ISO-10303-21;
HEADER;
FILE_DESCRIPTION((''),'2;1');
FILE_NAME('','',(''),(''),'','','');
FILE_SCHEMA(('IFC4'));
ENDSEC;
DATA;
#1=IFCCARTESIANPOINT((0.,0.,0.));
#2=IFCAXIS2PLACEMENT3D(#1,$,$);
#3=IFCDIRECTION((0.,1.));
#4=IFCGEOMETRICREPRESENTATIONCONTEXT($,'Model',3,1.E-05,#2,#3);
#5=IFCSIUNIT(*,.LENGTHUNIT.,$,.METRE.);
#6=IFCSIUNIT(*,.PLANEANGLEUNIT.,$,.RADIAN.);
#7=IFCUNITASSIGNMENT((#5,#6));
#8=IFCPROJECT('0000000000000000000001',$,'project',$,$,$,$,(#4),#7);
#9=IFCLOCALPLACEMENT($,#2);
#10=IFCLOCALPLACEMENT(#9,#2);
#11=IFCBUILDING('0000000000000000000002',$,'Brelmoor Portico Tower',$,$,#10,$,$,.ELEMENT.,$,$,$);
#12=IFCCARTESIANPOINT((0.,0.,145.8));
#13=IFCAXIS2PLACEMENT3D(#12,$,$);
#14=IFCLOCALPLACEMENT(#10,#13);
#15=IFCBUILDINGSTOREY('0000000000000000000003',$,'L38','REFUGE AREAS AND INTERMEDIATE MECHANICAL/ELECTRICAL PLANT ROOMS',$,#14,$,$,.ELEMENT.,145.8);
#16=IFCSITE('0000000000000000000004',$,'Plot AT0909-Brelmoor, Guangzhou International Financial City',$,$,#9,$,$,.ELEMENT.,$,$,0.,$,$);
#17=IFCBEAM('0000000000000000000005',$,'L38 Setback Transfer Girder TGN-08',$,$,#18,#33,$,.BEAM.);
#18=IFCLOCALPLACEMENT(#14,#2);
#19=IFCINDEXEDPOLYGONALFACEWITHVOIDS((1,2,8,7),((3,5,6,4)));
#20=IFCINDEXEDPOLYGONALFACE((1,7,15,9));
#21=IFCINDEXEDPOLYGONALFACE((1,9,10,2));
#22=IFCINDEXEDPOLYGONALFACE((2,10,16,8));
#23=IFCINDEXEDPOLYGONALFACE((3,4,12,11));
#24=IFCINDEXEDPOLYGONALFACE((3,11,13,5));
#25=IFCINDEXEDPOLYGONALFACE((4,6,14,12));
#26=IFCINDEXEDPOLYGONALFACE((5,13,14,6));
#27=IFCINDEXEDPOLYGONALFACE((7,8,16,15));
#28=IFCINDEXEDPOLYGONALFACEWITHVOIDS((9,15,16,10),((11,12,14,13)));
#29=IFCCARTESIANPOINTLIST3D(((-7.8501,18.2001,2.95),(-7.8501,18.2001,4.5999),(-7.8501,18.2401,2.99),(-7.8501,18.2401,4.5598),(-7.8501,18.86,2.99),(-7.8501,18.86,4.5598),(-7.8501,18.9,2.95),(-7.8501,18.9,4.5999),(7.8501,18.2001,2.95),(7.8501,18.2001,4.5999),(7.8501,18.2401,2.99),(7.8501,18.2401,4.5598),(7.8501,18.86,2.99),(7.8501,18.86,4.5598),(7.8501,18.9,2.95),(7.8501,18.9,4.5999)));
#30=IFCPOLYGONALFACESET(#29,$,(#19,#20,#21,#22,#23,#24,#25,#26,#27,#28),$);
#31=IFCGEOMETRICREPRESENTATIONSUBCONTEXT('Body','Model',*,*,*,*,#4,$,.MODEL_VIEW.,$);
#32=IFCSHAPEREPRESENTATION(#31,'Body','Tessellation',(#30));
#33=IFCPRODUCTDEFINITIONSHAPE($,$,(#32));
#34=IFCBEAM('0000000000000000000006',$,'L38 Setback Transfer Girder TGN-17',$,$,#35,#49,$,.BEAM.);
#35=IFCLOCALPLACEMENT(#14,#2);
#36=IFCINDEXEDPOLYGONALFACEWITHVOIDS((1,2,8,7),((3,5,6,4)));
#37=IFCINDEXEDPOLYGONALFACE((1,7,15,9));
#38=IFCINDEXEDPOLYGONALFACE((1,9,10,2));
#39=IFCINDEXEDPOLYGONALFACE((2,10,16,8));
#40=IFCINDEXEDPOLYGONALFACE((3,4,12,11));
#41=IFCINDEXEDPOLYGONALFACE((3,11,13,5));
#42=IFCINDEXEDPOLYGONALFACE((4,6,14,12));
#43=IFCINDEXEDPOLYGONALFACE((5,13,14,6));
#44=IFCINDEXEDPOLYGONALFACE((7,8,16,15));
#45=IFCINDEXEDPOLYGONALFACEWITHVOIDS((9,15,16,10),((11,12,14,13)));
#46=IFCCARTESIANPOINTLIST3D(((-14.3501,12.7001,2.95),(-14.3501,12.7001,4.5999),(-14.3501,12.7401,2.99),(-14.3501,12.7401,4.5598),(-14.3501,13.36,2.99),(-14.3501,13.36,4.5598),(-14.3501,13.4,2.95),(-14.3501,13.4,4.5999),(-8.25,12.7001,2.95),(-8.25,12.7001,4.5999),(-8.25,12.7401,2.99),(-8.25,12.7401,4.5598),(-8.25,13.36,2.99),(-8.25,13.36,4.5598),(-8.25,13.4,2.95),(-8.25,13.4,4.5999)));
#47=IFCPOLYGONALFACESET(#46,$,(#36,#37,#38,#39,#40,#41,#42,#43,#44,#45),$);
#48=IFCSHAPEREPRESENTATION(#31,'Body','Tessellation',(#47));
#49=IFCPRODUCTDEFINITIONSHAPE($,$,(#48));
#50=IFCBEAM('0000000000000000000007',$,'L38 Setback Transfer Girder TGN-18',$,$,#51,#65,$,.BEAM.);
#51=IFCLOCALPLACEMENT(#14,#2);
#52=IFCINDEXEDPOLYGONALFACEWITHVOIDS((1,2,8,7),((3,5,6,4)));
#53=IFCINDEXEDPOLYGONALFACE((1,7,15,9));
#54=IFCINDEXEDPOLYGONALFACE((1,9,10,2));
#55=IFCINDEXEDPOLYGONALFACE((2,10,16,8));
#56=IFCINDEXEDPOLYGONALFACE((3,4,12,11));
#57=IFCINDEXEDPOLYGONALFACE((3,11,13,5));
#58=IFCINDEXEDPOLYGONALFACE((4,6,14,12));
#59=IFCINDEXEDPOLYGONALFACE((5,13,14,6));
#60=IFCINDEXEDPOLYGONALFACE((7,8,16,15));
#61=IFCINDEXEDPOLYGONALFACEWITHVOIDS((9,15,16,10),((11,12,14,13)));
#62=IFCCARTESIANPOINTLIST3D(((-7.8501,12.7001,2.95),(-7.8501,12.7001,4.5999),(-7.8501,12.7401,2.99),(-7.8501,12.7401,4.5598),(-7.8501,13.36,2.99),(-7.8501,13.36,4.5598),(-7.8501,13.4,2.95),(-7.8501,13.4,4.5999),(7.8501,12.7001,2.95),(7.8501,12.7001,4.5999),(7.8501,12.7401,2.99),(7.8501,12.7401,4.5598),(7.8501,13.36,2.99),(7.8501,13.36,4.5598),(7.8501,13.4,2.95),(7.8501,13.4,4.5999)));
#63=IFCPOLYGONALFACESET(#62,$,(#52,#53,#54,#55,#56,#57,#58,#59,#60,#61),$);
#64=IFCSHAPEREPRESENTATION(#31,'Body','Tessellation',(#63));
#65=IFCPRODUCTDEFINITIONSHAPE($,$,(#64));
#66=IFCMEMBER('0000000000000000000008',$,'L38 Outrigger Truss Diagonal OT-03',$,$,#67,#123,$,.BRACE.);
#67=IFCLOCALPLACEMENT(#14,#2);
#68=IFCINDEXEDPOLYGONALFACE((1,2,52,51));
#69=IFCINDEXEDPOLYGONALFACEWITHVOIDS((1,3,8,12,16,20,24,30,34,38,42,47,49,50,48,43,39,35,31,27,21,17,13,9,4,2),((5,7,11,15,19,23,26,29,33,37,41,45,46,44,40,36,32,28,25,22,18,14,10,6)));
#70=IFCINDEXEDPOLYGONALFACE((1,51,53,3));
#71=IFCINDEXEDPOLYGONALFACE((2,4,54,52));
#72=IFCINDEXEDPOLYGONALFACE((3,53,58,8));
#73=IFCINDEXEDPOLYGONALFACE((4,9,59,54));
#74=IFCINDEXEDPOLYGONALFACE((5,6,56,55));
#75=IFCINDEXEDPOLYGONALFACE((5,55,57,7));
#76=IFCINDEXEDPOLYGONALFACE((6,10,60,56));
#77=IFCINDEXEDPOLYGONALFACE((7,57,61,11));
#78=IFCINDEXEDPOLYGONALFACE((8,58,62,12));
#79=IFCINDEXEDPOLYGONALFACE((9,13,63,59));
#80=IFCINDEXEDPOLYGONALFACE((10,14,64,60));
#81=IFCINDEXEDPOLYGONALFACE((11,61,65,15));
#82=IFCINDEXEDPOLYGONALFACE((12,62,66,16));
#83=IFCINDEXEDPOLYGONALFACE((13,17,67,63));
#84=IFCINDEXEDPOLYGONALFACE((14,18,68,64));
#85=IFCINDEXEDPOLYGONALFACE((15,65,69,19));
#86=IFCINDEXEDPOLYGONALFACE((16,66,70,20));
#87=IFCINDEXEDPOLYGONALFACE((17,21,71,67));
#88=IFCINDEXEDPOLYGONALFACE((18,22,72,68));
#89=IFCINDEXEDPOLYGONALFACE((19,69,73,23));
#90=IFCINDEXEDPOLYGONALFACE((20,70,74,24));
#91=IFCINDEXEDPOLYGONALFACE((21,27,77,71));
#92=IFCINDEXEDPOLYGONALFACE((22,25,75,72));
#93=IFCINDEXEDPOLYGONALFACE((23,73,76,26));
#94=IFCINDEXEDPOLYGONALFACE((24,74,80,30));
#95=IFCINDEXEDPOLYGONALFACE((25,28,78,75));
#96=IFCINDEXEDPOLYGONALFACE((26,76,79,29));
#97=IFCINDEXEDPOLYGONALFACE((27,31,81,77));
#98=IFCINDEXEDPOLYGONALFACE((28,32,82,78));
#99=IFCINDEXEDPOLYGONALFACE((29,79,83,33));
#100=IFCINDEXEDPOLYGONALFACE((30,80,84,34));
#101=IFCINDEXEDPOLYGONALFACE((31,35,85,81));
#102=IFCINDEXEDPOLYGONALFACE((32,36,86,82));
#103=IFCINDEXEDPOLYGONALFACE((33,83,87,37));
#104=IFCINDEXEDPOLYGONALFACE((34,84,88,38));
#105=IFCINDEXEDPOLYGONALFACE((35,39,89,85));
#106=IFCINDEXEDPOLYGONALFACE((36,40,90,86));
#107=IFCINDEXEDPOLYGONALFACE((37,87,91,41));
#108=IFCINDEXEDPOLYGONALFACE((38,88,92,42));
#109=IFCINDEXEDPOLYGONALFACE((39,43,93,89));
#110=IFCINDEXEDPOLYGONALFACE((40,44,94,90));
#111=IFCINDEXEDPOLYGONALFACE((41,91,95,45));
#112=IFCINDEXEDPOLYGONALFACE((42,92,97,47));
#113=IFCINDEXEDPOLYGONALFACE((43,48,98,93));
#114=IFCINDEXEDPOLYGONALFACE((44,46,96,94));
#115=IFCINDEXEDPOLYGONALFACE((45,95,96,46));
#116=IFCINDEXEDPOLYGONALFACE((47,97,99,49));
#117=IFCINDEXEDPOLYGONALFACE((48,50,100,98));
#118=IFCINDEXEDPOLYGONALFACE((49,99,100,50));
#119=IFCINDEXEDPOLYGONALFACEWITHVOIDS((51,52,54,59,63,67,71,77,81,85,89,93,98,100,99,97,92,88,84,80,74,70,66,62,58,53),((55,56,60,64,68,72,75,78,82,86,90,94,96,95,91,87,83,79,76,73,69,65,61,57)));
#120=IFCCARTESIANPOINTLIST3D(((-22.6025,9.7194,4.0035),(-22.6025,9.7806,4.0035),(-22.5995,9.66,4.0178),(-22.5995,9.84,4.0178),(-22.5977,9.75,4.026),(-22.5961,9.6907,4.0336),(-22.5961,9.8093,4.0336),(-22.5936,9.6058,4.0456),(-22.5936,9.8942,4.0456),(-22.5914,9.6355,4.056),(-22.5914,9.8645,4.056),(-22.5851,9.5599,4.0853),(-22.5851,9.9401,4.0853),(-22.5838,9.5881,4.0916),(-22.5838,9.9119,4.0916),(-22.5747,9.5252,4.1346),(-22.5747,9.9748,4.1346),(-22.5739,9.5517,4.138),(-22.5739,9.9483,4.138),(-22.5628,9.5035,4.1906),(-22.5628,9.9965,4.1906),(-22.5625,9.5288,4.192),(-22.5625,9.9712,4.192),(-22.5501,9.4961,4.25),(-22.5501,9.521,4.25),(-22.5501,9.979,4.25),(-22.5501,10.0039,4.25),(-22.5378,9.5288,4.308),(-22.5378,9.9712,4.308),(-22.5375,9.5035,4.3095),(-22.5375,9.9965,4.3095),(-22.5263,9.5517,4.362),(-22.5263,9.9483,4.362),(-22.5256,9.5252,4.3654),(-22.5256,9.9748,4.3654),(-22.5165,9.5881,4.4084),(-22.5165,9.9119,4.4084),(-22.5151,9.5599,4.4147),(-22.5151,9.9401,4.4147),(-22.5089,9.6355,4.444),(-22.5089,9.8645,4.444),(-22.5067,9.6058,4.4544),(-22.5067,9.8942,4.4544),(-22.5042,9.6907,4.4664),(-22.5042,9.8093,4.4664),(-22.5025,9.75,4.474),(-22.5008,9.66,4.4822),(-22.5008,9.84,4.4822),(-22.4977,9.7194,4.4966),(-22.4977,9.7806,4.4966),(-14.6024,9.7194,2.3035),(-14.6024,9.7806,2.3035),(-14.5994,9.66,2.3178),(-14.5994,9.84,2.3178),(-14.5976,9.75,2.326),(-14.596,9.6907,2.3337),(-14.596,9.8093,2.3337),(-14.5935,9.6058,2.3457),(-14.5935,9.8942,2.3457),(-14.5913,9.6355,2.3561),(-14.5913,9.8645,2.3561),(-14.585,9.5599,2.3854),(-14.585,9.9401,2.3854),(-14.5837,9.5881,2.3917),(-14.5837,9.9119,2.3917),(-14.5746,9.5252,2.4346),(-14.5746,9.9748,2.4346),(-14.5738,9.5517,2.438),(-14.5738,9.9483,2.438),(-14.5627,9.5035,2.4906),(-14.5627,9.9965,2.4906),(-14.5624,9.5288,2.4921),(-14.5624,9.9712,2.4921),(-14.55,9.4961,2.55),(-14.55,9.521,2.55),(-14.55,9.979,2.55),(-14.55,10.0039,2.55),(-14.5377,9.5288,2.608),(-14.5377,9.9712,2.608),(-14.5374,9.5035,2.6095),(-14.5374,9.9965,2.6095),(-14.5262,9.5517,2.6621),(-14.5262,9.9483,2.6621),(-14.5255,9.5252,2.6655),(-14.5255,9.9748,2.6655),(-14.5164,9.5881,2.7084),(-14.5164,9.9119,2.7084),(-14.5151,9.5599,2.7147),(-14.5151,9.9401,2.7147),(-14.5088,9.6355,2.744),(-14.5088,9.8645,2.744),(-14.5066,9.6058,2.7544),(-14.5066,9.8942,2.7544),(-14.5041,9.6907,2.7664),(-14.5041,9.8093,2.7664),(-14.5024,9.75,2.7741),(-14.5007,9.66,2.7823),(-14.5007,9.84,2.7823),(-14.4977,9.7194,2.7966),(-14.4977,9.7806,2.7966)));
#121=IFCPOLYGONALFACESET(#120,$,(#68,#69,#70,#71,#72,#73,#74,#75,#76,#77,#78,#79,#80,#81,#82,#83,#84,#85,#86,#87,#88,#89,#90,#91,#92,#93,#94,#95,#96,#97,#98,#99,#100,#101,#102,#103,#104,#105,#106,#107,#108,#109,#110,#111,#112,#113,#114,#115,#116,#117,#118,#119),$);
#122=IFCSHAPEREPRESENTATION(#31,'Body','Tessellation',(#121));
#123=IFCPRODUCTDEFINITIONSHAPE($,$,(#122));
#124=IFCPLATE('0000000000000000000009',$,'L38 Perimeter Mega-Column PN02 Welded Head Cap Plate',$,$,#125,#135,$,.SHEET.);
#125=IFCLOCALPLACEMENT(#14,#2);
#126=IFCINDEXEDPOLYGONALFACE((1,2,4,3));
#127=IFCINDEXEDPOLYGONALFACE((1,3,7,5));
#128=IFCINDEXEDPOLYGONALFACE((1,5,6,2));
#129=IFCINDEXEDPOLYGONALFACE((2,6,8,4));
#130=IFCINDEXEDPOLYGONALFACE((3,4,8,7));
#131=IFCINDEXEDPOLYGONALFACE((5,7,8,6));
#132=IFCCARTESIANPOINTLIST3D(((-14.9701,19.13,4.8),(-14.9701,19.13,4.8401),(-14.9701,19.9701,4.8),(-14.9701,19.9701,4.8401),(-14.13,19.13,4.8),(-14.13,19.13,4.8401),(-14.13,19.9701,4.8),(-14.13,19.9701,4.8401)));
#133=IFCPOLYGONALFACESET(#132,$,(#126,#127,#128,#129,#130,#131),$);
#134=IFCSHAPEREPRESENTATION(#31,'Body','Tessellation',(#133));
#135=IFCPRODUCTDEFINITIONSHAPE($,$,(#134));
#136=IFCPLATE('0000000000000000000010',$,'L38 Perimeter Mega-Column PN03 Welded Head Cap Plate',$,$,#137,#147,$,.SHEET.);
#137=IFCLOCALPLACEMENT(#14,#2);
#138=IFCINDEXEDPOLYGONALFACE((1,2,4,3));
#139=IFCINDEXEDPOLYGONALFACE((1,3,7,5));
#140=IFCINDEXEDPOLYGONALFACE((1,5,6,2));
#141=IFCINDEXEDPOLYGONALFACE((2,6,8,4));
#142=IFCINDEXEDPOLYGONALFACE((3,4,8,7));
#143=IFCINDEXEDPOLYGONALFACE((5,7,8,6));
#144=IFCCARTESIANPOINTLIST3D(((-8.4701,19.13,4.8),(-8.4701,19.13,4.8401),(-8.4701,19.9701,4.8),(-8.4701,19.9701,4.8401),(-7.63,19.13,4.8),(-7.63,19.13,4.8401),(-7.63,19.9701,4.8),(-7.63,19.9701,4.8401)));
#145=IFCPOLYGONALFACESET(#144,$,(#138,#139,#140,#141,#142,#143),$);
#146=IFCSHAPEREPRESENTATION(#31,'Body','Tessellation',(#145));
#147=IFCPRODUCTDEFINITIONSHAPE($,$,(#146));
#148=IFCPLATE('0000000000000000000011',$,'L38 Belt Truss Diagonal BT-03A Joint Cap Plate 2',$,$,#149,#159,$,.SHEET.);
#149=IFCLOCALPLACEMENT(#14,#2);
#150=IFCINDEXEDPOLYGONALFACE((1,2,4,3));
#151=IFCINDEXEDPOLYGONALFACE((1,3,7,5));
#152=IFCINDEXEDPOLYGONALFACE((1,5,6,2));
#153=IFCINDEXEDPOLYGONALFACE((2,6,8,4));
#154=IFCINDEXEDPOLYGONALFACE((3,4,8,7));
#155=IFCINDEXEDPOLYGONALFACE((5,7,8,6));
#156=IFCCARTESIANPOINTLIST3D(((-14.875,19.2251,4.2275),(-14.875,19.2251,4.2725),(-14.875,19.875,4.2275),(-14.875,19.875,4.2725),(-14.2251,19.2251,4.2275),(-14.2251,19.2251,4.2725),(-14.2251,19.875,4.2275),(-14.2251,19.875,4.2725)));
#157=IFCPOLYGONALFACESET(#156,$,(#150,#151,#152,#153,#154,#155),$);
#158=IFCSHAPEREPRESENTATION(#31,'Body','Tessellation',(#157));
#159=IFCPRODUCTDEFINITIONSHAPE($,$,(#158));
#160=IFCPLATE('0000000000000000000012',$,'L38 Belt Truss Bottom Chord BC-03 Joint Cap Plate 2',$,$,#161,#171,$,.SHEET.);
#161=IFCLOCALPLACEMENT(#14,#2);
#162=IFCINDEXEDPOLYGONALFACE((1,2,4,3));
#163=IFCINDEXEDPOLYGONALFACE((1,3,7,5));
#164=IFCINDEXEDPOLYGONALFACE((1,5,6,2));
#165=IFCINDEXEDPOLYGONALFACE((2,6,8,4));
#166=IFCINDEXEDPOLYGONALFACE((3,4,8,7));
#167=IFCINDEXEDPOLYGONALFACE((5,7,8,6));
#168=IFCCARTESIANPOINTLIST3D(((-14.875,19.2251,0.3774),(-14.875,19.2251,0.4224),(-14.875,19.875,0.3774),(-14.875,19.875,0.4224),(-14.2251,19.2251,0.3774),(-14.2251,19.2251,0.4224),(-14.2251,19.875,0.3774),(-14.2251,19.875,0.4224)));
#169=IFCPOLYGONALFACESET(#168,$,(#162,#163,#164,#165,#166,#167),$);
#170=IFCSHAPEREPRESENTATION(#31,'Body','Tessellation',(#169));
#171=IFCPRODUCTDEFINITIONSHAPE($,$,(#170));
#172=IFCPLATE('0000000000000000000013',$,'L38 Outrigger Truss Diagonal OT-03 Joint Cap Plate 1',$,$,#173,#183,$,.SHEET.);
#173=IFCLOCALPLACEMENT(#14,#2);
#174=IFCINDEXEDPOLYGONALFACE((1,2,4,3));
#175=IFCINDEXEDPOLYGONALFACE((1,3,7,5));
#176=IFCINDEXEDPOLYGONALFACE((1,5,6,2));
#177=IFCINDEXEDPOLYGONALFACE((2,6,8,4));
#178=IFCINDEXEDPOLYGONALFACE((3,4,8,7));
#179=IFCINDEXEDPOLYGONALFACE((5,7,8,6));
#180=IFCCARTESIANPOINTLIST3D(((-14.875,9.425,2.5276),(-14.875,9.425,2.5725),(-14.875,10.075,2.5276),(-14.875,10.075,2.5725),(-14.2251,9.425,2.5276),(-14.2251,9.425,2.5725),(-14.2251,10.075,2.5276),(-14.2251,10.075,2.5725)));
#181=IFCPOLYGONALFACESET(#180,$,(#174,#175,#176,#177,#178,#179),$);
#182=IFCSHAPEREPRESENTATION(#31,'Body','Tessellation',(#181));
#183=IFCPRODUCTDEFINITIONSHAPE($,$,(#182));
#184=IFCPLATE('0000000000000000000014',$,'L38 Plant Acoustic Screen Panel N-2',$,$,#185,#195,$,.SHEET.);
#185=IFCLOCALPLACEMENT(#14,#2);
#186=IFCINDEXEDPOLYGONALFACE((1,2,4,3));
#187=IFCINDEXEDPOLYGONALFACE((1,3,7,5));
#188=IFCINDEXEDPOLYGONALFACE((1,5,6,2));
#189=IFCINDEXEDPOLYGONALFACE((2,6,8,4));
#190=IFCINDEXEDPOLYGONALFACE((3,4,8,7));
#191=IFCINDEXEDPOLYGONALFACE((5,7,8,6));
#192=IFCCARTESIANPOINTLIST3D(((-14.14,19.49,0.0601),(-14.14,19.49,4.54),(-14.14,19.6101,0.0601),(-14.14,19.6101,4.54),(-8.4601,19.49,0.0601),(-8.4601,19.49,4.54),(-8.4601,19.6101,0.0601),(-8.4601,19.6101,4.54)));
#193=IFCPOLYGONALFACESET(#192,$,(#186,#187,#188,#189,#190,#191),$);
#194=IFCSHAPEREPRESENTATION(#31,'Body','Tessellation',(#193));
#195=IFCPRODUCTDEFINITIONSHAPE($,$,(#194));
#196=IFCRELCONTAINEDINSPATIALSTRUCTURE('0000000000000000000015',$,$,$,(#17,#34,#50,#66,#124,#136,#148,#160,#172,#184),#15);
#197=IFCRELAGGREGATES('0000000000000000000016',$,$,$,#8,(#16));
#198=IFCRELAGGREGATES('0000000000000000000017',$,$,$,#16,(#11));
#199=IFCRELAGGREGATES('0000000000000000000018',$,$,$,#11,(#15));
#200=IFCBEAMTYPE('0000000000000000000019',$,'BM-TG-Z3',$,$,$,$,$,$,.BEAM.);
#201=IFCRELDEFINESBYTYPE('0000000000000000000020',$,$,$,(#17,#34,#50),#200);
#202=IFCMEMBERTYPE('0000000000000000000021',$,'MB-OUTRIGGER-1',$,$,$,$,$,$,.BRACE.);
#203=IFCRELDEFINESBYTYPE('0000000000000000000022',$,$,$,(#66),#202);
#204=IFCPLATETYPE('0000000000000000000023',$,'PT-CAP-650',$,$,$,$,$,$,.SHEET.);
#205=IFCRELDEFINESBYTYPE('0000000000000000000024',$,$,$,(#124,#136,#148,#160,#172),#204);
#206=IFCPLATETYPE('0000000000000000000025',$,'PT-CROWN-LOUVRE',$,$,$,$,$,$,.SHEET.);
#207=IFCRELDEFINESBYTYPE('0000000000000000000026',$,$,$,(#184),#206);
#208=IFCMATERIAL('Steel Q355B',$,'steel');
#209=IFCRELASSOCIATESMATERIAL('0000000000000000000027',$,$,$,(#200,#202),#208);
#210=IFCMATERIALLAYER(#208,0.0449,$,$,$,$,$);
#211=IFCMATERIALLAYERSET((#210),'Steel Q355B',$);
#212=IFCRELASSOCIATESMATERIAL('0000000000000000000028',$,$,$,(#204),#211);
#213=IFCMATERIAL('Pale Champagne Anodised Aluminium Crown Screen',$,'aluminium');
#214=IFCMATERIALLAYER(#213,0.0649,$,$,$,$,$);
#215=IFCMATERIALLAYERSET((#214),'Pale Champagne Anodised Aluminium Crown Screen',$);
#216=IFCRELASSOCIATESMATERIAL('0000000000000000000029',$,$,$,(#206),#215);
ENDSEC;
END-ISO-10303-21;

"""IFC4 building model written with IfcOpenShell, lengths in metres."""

from ifc_helpers import new_model, si_unit, direction, frame, origin, origin_2d, place, context, subcontext, project, spatial, rectangle, hollow_rectangle, hollow_circle, extrude, material, layer, layer_set, material_profile, profile_set, type_object, element, save


model = new_model("IFC4")

# Units and contexts
model_context = context("Model", 3, precision=1e-05, world=origin(), true_north=direction((0.0, 1.0)))
body_context = subcontext(model_context, "Body", "Model", "MODEL_VIEW")
ifc_project = project(units=[si_unit("LENGTHUNIT", "METRE"), si_unit("PLANEANGLEUNIT", "RADIAN")], contexts=[model_context])

# Site, building, storey
site_placement = place(None, origin())
site = spatial("IfcSite", under=ifc_project, at=site_placement, Name="Plot AT0909-Brelmoor, Guangzhou International Financial City", CompositionType="ELEMENT", RefElevation=0.0)
building_placement = place(site_placement, origin())
building = spatial("IfcBuilding", under=site, at=building_placement, Name="Brelmoor Portico Tower", CompositionType="ELEMENT")
storey_placement = place(building_placement, frame((0.0, 0.0, 145.8)))
storey = spatial("IfcBuildingStorey", under=building, at=storey_placement, Name="L38", Description="REFUGE AREAS AND INTERMEDIATE MECHANICAL/ELECTRICAL PLANT ROOMS", CompositionType="ELEMENT", Elevation=145.8)

# Shared definitions
ifc_material_1 = material(Name="Steel Q355B", Category="steel")

# Beams
ifc_material_profile_1 = material_profile(ifc_material_1, hollow_rectangle(XDim=0.7, YDim=1.6499, WallThickness=0.04, at=origin_2d()), Name="BOX 700x1650x40")
ifc_profile_set_1 = profile_set([ifc_material_profile_1], Name="Steel Q355B")
beam_type_1 = type_object("IfcBeamType", Name="BM-TG-Z3", PredefinedType="BEAM", material=ifc_profile_set_1)
beam_1_placement = place(storey_placement, frame((-7.8501, 18.55, 3.7749), z_axis=(1.0, 0.0, 0.0), x_axis=(0.0, 1.0, 0.0)))
element("IfcBeam", 1, at=beam_1_placement, inside=storey, type_object=beam_type_1, Name="L38 Setback Transfer Girder TGN-08", PredefinedType="BEAM", context=body_context, shape_type="SweptSolid", body=[
    extrude(hollow_rectangle(XDim=0.7, YDim=1.6499, WallThickness=0.04, at=origin_2d()), origin(), (0.0, 0.0, 1.0), 15.7002),
])
beam_2_placement = place(storey_placement, frame((-14.3501, 13.05, 3.7749), z_axis=(1.0, 0.0, 0.0), x_axis=(0.0, 1.0, 0.0)))
element("IfcBeam", 2, at=beam_2_placement, inside=storey, type_object=beam_type_1, Name="L38 Setback Transfer Girder TGN-17", PredefinedType="BEAM", context=body_context, shape_type="SweptSolid", body=[
    extrude(hollow_rectangle(XDim=0.7, YDim=1.6499, WallThickness=0.04, at=origin_2d()), origin(), (0.0, 0.0, 1.0), 6.1001),
])
beam_3_placement = place(storey_placement, frame((-7.8501, 13.05, 3.7749), z_axis=(1.0, 0.0, 0.0), x_axis=(0.0, 1.0, 0.0)))
element("IfcBeam", 3, at=beam_3_placement, inside=storey, type_object=beam_type_1, Name="L38 Setback Transfer Girder TGN-18", PredefinedType="BEAM", context=body_context, shape_type="SweptSolid", body=[
    extrude(hollow_rectangle(XDim=0.7, YDim=1.6499, WallThickness=0.04, at=origin_2d()), origin(), (0.0, 0.0, 1.0), 15.7002),
])

# Member
ifc_material_profile_2 = material_profile(ifc_material_1, hollow_circle(Radius=0.2539, WallThickness=0.0249, at=origin_2d()), Name="CHS 508x25")
ifc_profile_set_2 = profile_set([ifc_material_profile_2], Name="Steel Q355B")
member_type = type_object("IfcMemberType", Name="MB-OUTRIGGER-1", PredefinedType="BRACE", material=ifc_profile_set_2)
member_placement = place(storey_placement, frame((-14.55, 9.75, 2.55), z_axis=(-0.97816, 0.0, 0.207853), x_axis=(0.0, -1.0, 0.0)))
element("IfcMember", 4, at=member_placement, inside=storey, type_object=member_type, Name="L38 Outrigger Truss Diagonal OT-03", PredefinedType="BRACE", context=body_context, shape_type="SweptSolid", body=[
    extrude(hollow_circle(Radius=0.2539, WallThickness=0.0249, at=origin_2d()), origin(), (0.0, 0.0, 1.0), 8.1787),
])

# Plates
ifc_layer_1 = layer(ifc_material_1, 0.0449)
ifc_layer_set_1 = layer_set([ifc_layer_1], Name="Steel Q355B")
plate_type_1 = type_object("IfcPlateType", Name="PT-CAP-650", PredefinedType="SHEET", material=ifc_layer_set_1)
for number, where, z_axis, x_axis, name in (
    (5, (-14.55, 19.55, 4.8), (0.0, 0.0, 1.0), (1.0, 0.0, 0.0), "L38 Perimeter Mega-Column PN02 Welded Head Cap Plate"),
    (6, (-8.05, 19.55, 4.8), (0.0, 0.0, 1.0), (1.0, 0.0, 0.0), "L38 Perimeter Mega-Column PN03 Welded Head Cap Plate"),
):
    element("IfcPlate", number, at=place(storey_placement, frame(where, z_axis=z_axis, x_axis=x_axis)), inside=storey, type_object=plate_type_1, Name=name, PredefinedType="SHEET", context=body_context, shape_type="SweptSolid", body=[
        extrude(rectangle(XDim=0.8401, YDim=0.8401, at=origin_2d()), origin(), (0.0, 0.0, 1.0), 0.04),
    ])
for number, where, z_axis, x_axis, name in (
    (7, (-14.55, 19.55, 4.2275), (0.0, 0.0, 1.0), (1.0, 0.0, 0.0), "L38 Belt Truss Diagonal BT-03A Joint Cap Plate 2"),
    (8, (-14.55, 19.55, 0.3774), (0.0, 0.0, 1.0), (1.0, 0.0, 0.0), "L38 Belt Truss Bottom Chord BC-03 Joint Cap Plate 2"),
    (9, (-14.55, 9.75, 2.5276), (0.0, 0.0, 1.0), (1.0, 0.0, 0.0), "L38 Outrigger Truss Diagonal OT-03 Joint Cap Plate 1"),
):
    element("IfcPlate", number, at=place(storey_placement, frame(where, z_axis=z_axis, x_axis=x_axis)), inside=storey, type_object=plate_type_1, Name=name, PredefinedType="SHEET", context=body_context, shape_type="SweptSolid", body=[
        extrude(rectangle(XDim=0.6499, YDim=0.6499, at=origin_2d()), origin(), (0.0, 0.0, 1.0), 0.0449),
    ])
ifc_material_2 = material(Name="Pale Champagne Anodised Aluminium Crown Screen", Category="aluminium")
ifc_layer_2 = layer(ifc_material_2, 0.0649)
ifc_layer_set_2 = layer_set([ifc_layer_2], Name="Pale Champagne Anodised Aluminium Crown Screen")
plate_type_2 = type_object("IfcPlateType", Name="PT-CROWN-LOUVRE", PredefinedType="SHEET", material=ifc_layer_set_2)
plate_placement = place(storey_placement, frame((-11.3, 19.55, 0.0601), z_axis=(0.0, 0.0, 1.0), x_axis=(1.0, 0.0, 0.0)))
element("IfcPlate", 10, at=plate_placement, inside=storey, type_object=plate_type_2, Name="L38 Plant Acoustic Screen Panel N-2", PredefinedType="SHEET", context=body_context, shape_type="SweptSolid", body=[
    extrude(rectangle(XDim=5.6799, YDim=0.1201, at=origin_2d()), origin(), (0.0, 0.0, 1.0), 4.48),
])

save(model, "model.ifc")
